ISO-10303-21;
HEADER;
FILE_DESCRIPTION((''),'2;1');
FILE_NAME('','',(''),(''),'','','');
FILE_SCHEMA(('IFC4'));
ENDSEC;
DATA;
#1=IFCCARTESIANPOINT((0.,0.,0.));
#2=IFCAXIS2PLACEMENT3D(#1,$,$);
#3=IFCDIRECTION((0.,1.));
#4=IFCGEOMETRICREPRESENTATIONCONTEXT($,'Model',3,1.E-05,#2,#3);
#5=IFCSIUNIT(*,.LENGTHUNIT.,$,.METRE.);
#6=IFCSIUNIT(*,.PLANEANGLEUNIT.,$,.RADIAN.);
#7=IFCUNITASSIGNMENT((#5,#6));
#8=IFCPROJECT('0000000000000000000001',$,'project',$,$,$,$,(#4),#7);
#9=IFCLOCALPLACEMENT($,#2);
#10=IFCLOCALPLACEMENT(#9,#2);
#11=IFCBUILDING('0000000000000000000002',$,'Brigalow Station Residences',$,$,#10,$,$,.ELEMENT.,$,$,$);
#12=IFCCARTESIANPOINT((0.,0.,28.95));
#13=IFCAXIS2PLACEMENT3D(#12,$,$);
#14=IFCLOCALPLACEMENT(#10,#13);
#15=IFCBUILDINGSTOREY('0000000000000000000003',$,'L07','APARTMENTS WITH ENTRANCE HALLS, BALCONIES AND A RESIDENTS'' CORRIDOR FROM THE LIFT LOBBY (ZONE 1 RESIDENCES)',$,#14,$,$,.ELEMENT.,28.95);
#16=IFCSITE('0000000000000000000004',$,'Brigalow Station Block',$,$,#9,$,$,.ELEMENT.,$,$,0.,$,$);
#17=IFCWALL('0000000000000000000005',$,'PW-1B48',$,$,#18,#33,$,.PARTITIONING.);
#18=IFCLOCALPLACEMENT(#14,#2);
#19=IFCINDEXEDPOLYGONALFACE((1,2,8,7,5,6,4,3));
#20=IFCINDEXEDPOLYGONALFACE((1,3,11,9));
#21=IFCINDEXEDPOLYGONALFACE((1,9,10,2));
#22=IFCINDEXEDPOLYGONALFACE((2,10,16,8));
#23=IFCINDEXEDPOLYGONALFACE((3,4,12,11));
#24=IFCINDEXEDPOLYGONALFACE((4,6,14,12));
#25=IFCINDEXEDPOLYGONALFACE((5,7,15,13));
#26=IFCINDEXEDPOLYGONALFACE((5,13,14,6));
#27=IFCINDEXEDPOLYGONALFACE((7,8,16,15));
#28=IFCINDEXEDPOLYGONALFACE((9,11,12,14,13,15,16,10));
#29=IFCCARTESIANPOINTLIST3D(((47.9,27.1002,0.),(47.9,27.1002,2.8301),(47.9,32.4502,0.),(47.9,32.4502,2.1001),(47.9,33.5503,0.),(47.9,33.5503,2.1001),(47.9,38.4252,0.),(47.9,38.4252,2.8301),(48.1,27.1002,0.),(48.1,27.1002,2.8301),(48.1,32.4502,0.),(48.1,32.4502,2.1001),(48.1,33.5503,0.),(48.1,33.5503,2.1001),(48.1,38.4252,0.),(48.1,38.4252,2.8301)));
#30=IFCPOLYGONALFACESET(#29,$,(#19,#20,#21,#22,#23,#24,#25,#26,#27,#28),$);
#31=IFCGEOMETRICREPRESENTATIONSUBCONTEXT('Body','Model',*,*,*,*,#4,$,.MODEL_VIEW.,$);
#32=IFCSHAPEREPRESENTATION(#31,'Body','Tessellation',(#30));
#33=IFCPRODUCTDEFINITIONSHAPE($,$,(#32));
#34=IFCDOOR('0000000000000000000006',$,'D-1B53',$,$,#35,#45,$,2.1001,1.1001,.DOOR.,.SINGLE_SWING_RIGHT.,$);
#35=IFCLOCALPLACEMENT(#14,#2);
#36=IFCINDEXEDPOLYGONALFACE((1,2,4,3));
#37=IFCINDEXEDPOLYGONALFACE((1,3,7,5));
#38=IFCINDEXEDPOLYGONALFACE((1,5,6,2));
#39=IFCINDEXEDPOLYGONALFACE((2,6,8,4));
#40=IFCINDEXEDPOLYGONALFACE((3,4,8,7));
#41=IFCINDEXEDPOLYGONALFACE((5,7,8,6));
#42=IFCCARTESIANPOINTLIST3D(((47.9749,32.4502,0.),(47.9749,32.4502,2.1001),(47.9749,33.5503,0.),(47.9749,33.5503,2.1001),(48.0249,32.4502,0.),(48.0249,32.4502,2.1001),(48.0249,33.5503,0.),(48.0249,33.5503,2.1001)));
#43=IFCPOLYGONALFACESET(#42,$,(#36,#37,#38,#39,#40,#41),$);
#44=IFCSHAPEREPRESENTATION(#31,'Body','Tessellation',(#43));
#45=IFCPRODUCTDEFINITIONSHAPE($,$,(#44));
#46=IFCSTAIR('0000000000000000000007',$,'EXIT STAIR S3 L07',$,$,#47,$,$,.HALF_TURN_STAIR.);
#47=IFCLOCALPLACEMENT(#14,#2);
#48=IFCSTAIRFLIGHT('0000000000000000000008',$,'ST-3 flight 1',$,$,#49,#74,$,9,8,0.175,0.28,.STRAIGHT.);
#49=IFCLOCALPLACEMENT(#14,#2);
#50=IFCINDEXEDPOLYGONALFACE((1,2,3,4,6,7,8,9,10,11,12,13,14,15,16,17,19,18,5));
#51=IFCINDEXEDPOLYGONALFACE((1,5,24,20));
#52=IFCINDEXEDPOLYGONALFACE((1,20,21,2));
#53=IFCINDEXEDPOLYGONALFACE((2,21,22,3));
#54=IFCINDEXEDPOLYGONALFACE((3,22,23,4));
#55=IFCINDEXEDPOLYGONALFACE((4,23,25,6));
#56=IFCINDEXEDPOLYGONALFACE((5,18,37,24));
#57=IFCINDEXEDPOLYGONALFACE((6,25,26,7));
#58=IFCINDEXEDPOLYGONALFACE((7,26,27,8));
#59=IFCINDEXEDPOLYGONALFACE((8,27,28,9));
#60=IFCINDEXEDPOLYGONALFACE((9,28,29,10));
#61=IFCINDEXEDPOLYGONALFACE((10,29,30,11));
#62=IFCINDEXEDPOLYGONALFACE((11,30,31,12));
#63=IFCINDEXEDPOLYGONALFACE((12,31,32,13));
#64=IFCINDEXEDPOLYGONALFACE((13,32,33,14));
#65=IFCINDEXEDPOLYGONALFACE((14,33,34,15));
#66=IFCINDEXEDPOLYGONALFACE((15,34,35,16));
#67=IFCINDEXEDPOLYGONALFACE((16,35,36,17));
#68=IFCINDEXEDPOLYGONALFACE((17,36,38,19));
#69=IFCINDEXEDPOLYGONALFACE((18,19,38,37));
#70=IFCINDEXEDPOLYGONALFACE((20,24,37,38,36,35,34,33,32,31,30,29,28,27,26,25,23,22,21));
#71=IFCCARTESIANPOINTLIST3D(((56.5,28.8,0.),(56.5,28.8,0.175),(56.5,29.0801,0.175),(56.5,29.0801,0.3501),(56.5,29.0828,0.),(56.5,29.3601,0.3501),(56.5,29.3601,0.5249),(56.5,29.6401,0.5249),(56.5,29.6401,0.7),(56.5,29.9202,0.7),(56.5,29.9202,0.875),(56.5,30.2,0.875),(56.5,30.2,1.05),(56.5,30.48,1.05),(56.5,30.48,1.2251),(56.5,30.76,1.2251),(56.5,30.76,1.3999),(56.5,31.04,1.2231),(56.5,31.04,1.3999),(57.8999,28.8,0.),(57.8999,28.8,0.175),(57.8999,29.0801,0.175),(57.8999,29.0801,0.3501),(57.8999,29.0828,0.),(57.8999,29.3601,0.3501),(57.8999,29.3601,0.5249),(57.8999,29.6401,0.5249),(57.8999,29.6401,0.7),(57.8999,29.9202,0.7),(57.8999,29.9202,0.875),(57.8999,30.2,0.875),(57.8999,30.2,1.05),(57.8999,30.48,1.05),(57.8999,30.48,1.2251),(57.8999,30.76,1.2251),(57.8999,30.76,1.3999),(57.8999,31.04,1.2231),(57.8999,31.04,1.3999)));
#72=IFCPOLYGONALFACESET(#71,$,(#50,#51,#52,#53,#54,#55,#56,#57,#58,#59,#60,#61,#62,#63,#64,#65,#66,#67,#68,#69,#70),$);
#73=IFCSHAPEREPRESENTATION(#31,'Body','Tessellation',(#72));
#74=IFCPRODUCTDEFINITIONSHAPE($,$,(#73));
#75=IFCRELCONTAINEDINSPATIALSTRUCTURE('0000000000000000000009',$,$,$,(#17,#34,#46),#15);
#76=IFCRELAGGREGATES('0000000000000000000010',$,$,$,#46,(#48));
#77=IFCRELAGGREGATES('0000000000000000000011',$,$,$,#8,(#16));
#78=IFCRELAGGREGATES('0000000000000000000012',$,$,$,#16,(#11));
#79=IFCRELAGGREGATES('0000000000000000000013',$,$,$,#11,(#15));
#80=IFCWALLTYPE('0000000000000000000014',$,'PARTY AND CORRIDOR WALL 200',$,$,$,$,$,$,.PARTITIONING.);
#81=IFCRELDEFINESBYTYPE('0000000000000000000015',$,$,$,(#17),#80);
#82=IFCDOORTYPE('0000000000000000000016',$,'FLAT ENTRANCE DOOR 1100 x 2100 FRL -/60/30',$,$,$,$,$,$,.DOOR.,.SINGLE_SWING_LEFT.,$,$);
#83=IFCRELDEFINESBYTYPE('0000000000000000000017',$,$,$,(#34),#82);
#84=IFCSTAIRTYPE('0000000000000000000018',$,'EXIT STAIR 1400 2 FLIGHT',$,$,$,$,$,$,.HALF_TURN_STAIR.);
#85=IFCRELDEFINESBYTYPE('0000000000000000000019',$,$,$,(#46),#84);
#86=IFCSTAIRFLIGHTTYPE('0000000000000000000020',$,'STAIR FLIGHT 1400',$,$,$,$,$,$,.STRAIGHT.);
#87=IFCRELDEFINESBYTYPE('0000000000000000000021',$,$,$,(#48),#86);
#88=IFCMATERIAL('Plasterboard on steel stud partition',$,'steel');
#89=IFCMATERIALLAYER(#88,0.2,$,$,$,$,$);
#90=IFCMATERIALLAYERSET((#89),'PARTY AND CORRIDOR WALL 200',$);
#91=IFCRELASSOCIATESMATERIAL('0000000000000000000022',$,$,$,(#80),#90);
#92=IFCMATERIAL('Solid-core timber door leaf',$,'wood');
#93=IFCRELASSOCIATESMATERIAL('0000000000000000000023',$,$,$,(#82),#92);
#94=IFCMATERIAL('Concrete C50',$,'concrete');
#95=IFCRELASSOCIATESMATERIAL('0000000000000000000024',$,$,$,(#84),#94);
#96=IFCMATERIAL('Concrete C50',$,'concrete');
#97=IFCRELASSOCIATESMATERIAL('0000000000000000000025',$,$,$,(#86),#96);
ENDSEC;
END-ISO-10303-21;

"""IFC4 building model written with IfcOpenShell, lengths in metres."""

from ifc_helpers import new_model, si_unit, direction, frame, frame_2d, origin, place, context, subcontext, project, spatial, polyline, rectangle, outline, extrude, material, layer, layer_set, type_object, element, fill, aggregate, save


model = new_model("IFC4")

# Units and contexts
model_context = context("Model", 3, precision=1e-05, world=origin(), true_north=direction((0.0, 1.0)))
body_context = subcontext(model_context, "Body", "Model", "MODEL_VIEW")
ifc_project = project(units=[si_unit("LENGTHUNIT", "METRE"), si_unit("PLANEANGLEUNIT", "RADIAN")], contexts=[model_context])

# Site, building, storey
site_placement = place(None, origin())
site = spatial("IfcSite", under=ifc_project, at=site_placement, Name="Brigalow Station Block", CompositionType="ELEMENT", RefElevation=0.0)
building_placement = place(site_placement, origin())
building = spatial("IfcBuilding", under=site, at=building_placement, Name="Brigalow Station Residences", CompositionType="ELEMENT")
storey_placement = place(building_placement, frame((0.0, 0.0, 28.95)))
storey = spatial("IfcBuildingStorey", under=building, at=storey_placement, Name="L07", Description="APARTMENTS WITH ENTRANCE HALLS, BALCONIES AND A RESIDENTS' CORRIDOR FROM THE LIFT LOBBY (ZONE 1 RESIDENCES)", CompositionType="ELEMENT", Elevation=28.95)

# Shared definitions
ifc_material_1 = material(Name="Plasterboard on steel stud partition", Category="steel")
ifc_layer_1 = layer(ifc_material_1, 0.2)
ifc_layer_set_1 = layer_set([ifc_layer_1], Name="PARTY AND CORRIDOR WALL 200")
wall_type_1 = type_object("IfcWallType", Name="PARTY AND CORRIDOR WALL 200", PredefinedType="PARTITIONING", material=ifc_layer_set_1)

# Wall, opening, door
wall_1_placement = place(storey_placement, frame((48.0, 27.1001, 0.0), z_axis=(0.0, 0.0, 1.0), x_axis=(0.0, 1.0, 0.0)))
wall_1 = element("IfcWall", 1, at=wall_1_placement, inside=storey, type_object=wall_type_1, Name="PW-1B48", PredefinedType="PARTITIONING", context=body_context, shape_type="SweptSolid", body=[
    extrude(rectangle(XDim=11.325, YDim=0.2, at=frame_2d((5.6626, 0.0))), origin(), (0.0, 0.0, 1.0), 2.8301),
])
opening_1_placement = place(wall_1_placement, frame((5.3501, 0.0, 0.0)))
opening_1 = element("IfcOpeningElement", 2, at=opening_1_placement, cuts=wall_1, PredefinedType="OPENING", context=body_context, shape_type="SweptSolid", body=[
    extrude(rectangle(XDim=1.1001, YDim=2.1001, at=frame_2d((0.55, 1.05))), frame((0.0, 0.1099, 0.0), z_axis=(0.0, -1.0, 0.0), x_axis=(1.0, 0.0, 0.0)), (0.0, 0.0, 1.0), 0.22),
])
ifc_material_2 = material(Name="Solid-core timber door leaf", Category="wood")
door_type_1 = type_object("IfcDoorType", Name="FLAT ENTRANCE DOOR 1100 x 2100 FRL -/60/30", OperationType="SINGLE_SWING_LEFT", PredefinedType="DOOR", material=ifc_material_2)
door_1_placement = place(opening_1_placement, frame((1.1001, 0.0, 0.0), z_axis=(0.0, 0.0, 1.0), x_axis=(-1.0, 0.0, 0.0)))
door_1 = element("IfcDoor", 3, at=door_1_placement, inside=storey, type_object=door_type_1, Name="D-1B53", OperationType="SINGLE_SWING_RIGHT", OverallHeight=2.1001, OverallWidth=1.1001, PredefinedType="DOOR", context=body_context, shape_type="SweptSolid", body=[
    extrude(rectangle(XDim=1.1001, YDim=2.1001, at=frame_2d((0.55, 1.05))), frame((0.0, 0.0249, 0.0), z_axis=(0.0, -1.0, 0.0), x_axis=(1.0, 0.0, 0.0)), (0.0, 0.0, 1.0), 0.05),
])
fill(opening_1, door_1)

# Stair, stair flight
ifc_material_3 = material(Name="Concrete C50", Category="concrete")
stair_type = type_object("IfcStairType", Name="EXIT STAIR 1400 2 FLIGHT", PredefinedType="HALF_TURN_STAIR", material=ifc_material_3)
stair_placement = place(storey_placement, origin())
stair = element("IfcStair", 4, at=stair_placement, inside=storey, type_object=stair_type, Name="EXIT STAIR S3 L07", PredefinedType="HALF_TURN_STAIR")
ifc_material_4 = material(Name="Concrete C50", Category="concrete")
stair_flight_type = type_object("IfcStairFlightType", Name="STAIR FLIGHT 1400", PredefinedType="STRAIGHT", material=ifc_material_4)
stair_flight_placement = place(storey_placement, frame((57.2, 28.8, 0.0), z_axis=(0.0, 0.0, 1.0), x_axis=(0.0, 1.0, 0.0)))
stair_flight = element("IfcStairFlight", 5, at=stair_flight_placement, type_object=stair_flight_type, Name="ST-3 flight 1", NumberOfRisers=9, NumberOfTreads=8, PredefinedType="STRAIGHT", RiserHeight=0.175, TreadLength=0.28, context=body_context, shape_type="SweptSolid", body=[
    extrude(outline(polyline([(0.0, 0.0), (0.0, 0.175), (0.28, 0.175), (0.28, 0.3501), (0.5601, 0.3501), (0.5601, 0.5249), (0.8401, 0.5249), (0.8401, 0.7), (1.1201, 0.7), (1.1201, 0.875), (1.3999, 0.875), (1.3999, 1.05), (1.6799, 1.05), (1.6799, 1.2251), (1.96, 1.2251), (1.96, 1.3999), (2.24, 1.3999), (2.24, 1.575), (2.24, 1.2231), (0.2827, 0.0), (0.0, 0.0)])), frame((0.0, 0.7, 0.0), z_axis=(0.0, -1.0, 0.0), x_axis=(1.0, 0.0, 0.0)), (0.0, 0.0, 1.0), 1.3999),
])
aggregate(stair, [stair_flight])

save(model, "model.ifc")
